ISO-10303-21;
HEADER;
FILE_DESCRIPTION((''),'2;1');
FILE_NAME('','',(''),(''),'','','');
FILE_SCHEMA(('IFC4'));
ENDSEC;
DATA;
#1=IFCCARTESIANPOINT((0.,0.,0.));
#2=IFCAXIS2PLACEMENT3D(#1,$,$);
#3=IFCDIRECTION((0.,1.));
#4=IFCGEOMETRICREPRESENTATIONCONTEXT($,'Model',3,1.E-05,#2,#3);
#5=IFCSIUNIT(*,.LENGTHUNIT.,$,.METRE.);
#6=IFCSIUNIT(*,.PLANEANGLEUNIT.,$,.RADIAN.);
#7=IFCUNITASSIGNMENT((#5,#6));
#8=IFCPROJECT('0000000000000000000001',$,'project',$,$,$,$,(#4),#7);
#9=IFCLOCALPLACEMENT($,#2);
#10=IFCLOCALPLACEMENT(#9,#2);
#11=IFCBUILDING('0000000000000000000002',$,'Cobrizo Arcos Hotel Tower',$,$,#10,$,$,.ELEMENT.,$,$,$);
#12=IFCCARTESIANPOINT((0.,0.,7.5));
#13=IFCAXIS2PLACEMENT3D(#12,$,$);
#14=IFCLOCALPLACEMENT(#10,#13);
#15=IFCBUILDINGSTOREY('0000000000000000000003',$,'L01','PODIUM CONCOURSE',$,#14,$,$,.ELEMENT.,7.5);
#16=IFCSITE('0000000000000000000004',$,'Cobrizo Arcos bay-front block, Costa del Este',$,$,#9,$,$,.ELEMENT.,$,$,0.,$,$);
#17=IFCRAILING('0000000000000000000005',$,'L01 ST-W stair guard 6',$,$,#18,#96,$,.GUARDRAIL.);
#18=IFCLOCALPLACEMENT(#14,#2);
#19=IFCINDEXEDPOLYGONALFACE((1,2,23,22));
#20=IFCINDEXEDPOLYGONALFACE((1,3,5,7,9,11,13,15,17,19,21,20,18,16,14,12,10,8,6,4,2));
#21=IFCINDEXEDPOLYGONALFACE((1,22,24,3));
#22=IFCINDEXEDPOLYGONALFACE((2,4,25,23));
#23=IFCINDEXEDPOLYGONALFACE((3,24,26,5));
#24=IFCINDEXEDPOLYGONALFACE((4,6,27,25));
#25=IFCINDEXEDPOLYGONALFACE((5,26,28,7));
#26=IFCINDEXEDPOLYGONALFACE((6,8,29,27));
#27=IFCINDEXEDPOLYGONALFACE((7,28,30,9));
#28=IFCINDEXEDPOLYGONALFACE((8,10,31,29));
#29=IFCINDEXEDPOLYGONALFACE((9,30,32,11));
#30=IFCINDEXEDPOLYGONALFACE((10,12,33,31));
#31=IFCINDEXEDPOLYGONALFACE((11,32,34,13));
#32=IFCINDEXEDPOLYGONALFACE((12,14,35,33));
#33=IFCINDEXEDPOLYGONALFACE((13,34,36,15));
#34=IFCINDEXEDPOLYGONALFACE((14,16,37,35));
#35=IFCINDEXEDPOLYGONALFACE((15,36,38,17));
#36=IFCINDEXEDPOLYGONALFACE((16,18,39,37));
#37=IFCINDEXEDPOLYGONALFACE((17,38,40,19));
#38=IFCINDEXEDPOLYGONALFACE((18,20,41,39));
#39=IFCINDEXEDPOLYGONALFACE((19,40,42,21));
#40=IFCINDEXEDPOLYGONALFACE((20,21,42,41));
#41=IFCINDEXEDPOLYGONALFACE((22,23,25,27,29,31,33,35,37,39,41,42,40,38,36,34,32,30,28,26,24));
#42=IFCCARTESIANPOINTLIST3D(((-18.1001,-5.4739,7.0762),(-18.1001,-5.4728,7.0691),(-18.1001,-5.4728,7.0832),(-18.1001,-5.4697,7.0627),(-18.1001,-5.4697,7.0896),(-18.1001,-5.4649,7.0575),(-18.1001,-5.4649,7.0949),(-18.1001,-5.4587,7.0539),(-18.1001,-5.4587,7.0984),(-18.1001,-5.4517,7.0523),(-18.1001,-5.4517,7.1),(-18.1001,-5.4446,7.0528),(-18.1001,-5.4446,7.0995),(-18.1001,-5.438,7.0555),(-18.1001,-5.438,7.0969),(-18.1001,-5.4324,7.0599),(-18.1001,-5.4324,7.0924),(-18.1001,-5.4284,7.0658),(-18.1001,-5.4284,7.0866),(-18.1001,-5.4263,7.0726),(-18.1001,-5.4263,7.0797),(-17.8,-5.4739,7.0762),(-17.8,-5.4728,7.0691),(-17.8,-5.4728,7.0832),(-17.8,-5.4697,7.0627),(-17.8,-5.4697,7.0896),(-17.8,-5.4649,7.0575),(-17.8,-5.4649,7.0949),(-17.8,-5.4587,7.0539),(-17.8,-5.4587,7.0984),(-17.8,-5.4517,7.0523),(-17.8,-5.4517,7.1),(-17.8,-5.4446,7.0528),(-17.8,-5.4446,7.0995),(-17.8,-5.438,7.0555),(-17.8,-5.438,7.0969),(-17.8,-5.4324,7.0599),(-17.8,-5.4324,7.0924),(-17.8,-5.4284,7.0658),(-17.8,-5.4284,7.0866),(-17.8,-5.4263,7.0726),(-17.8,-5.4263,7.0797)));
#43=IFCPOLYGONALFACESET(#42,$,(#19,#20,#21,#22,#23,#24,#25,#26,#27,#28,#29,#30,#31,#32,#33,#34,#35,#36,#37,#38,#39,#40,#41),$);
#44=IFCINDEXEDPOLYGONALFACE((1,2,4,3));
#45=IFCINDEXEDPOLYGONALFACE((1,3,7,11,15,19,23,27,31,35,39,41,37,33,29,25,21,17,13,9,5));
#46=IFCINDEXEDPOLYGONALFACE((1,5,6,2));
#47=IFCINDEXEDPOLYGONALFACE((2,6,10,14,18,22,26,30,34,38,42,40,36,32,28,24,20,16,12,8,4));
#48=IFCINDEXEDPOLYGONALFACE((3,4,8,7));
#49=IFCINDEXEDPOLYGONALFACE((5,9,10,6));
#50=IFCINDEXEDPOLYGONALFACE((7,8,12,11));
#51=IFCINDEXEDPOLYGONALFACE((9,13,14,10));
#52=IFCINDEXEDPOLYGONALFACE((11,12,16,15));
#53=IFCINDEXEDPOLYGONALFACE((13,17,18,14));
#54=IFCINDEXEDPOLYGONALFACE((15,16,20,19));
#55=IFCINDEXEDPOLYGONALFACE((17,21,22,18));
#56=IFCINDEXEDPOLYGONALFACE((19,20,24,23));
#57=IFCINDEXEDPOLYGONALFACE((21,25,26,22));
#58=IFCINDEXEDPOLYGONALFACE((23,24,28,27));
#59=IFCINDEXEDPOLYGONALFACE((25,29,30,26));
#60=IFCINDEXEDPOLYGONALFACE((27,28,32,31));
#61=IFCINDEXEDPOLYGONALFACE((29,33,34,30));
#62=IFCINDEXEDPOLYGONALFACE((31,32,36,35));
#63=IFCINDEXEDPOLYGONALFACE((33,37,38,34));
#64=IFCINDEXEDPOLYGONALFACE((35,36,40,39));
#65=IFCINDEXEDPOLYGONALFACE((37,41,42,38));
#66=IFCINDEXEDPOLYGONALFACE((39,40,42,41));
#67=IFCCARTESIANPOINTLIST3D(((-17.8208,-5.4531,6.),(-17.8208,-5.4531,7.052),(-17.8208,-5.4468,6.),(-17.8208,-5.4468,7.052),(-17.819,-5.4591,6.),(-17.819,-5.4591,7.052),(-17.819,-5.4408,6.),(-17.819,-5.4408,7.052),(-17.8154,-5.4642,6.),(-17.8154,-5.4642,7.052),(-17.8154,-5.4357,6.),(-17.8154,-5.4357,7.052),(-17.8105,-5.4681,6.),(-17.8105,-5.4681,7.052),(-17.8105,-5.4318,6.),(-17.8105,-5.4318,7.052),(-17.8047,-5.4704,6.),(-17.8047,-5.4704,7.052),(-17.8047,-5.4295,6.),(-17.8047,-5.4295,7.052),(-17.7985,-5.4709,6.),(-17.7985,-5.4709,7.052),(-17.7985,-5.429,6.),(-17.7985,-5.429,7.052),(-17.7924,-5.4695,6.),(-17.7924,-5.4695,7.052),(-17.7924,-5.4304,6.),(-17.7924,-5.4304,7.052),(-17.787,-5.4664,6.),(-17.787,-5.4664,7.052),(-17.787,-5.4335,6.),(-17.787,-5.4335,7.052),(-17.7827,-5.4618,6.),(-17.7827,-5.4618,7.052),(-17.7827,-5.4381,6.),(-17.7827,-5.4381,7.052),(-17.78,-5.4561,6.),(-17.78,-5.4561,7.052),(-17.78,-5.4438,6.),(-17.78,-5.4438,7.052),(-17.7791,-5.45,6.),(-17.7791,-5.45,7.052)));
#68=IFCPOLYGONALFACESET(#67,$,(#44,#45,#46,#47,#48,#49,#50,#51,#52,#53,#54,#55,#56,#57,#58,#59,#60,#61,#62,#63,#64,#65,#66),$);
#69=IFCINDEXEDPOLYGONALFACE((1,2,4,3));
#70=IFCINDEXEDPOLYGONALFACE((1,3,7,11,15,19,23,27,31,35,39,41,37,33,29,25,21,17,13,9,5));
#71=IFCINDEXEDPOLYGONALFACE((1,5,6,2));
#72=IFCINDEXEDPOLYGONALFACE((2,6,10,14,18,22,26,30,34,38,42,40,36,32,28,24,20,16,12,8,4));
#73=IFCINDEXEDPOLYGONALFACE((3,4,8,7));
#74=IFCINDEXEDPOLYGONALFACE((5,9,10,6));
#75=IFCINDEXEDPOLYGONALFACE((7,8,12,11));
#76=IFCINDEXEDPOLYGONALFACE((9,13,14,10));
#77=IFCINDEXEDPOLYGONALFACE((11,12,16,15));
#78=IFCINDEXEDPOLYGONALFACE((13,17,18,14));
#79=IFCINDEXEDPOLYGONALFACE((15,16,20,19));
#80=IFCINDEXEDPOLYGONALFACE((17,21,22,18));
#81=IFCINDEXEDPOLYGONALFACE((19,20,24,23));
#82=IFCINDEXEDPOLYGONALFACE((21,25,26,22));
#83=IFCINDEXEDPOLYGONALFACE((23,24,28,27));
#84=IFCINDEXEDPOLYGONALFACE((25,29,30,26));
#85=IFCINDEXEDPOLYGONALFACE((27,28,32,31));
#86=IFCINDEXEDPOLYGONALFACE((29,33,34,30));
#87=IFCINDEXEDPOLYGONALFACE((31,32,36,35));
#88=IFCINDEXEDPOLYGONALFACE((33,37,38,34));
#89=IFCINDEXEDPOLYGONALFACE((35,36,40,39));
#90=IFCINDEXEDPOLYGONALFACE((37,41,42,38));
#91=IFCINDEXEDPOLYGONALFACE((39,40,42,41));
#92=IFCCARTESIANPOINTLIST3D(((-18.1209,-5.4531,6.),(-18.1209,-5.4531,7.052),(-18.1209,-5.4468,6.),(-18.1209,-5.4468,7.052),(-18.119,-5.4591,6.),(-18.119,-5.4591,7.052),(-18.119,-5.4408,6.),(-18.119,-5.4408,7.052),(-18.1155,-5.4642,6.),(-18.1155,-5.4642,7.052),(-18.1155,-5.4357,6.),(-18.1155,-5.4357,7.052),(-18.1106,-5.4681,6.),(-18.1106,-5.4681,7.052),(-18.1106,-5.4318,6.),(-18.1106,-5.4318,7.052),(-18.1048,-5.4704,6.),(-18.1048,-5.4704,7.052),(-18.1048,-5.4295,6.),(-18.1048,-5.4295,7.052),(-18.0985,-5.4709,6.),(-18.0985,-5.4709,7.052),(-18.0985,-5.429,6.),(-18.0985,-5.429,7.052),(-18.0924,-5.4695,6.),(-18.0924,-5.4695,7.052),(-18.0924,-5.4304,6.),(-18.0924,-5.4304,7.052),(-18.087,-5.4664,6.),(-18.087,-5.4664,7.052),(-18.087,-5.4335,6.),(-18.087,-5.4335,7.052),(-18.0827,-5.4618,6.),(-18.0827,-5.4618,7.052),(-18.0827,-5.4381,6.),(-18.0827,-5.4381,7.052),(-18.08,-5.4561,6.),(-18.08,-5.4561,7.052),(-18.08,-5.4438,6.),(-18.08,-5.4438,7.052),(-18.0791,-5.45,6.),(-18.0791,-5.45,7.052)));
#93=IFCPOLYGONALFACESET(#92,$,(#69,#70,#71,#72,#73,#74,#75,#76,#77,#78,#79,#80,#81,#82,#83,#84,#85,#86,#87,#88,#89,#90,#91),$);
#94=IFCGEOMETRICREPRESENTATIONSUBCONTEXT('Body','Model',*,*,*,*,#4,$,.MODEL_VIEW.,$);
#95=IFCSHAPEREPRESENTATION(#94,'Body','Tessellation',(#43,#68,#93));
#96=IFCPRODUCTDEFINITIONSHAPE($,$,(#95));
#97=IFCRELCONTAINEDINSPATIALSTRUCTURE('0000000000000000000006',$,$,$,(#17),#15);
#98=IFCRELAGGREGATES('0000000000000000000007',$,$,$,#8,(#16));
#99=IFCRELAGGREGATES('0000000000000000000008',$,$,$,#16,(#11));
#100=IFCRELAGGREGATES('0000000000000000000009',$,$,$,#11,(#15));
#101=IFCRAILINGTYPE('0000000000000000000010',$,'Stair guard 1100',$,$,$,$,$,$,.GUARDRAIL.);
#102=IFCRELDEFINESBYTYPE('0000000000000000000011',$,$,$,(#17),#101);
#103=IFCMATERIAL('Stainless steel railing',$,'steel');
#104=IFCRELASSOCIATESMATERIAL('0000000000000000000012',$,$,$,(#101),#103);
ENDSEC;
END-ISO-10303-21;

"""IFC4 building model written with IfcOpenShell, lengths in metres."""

from ifc_helpers import new_model, si_unit, direction, frame, origin, origin_2d, place, context, subcontext, project, spatial, circle, extrude, material, type_object, element, save


model = new_model("IFC4")

# Units and contexts
model_context = context("Model", 3, precision=1e-05, world=origin(), true_north=direction((0.0, 1.0)))
body_context = subcontext(model_context, "Body", "Model", "MODEL_VIEW")
ifc_project = project(units=[si_unit("LENGTHUNIT", "METRE"), si_unit("PLANEANGLEUNIT", "RADIAN")], contexts=[model_context])

# Site, building, storey
site_placement = place(None, origin())
site = spatial("IfcSite", under=ifc_project, at=site_placement, Name="Cobrizo Arcos bay-front block, Costa del Este", CompositionType="ELEMENT", RefElevation=0.0)
building_placement = place(site_placement, origin())
building = spatial("IfcBuilding", under=site, at=building_placement, Name="Cobrizo Arcos Hotel Tower", CompositionType="ELEMENT")
storey_placement = place(building_placement, frame((0.0, 0.0, 7.5)))
storey = spatial("IfcBuildingStorey", under=building, at=storey_placement, Name="L01", Description="PODIUM CONCOURSE", CompositionType="ELEMENT", Elevation=7.5)

# Railing
ifc_material_1 = material(Name="Stainless steel railing", Category="steel")
railing_type_1 = type_object("IfcRailingType", Name="Stair guard 1100", PredefinedType="GUARDRAIL", material=ifc_material_1)
railing_1_placement = place(storey_placement, frame((-17.8, -5.45, 6.0)))
element("IfcRailing", 1, at=railing_1_placement, inside=storey, type_object=railing_type_1, Name="L01 ST-W stair guard 6", PredefinedType="GUARDRAIL", context=body_context, shape_type="SweptSolid", body=[
    extrude(circle(Radius=0.0239, at=origin_2d()), frame((0.0, 0.0, 1.0762), z_axis=(-1.0, 0.0, 0.0), x_axis=(0.0, -1.0, 0.0)), (0.0, 0.0, 1.0), 0.3),
    extrude(circle(Radius=0.021, at=origin_2d()), origin(), (0.0, 0.0, 1.0), 1.052),
    extrude(circle(Radius=0.021, at=origin_2d()), frame((-0.3, 0.0, 0.0)), (0.0, 0.0, 1.0), 1.052),
])

save(model, "model.ifc")
